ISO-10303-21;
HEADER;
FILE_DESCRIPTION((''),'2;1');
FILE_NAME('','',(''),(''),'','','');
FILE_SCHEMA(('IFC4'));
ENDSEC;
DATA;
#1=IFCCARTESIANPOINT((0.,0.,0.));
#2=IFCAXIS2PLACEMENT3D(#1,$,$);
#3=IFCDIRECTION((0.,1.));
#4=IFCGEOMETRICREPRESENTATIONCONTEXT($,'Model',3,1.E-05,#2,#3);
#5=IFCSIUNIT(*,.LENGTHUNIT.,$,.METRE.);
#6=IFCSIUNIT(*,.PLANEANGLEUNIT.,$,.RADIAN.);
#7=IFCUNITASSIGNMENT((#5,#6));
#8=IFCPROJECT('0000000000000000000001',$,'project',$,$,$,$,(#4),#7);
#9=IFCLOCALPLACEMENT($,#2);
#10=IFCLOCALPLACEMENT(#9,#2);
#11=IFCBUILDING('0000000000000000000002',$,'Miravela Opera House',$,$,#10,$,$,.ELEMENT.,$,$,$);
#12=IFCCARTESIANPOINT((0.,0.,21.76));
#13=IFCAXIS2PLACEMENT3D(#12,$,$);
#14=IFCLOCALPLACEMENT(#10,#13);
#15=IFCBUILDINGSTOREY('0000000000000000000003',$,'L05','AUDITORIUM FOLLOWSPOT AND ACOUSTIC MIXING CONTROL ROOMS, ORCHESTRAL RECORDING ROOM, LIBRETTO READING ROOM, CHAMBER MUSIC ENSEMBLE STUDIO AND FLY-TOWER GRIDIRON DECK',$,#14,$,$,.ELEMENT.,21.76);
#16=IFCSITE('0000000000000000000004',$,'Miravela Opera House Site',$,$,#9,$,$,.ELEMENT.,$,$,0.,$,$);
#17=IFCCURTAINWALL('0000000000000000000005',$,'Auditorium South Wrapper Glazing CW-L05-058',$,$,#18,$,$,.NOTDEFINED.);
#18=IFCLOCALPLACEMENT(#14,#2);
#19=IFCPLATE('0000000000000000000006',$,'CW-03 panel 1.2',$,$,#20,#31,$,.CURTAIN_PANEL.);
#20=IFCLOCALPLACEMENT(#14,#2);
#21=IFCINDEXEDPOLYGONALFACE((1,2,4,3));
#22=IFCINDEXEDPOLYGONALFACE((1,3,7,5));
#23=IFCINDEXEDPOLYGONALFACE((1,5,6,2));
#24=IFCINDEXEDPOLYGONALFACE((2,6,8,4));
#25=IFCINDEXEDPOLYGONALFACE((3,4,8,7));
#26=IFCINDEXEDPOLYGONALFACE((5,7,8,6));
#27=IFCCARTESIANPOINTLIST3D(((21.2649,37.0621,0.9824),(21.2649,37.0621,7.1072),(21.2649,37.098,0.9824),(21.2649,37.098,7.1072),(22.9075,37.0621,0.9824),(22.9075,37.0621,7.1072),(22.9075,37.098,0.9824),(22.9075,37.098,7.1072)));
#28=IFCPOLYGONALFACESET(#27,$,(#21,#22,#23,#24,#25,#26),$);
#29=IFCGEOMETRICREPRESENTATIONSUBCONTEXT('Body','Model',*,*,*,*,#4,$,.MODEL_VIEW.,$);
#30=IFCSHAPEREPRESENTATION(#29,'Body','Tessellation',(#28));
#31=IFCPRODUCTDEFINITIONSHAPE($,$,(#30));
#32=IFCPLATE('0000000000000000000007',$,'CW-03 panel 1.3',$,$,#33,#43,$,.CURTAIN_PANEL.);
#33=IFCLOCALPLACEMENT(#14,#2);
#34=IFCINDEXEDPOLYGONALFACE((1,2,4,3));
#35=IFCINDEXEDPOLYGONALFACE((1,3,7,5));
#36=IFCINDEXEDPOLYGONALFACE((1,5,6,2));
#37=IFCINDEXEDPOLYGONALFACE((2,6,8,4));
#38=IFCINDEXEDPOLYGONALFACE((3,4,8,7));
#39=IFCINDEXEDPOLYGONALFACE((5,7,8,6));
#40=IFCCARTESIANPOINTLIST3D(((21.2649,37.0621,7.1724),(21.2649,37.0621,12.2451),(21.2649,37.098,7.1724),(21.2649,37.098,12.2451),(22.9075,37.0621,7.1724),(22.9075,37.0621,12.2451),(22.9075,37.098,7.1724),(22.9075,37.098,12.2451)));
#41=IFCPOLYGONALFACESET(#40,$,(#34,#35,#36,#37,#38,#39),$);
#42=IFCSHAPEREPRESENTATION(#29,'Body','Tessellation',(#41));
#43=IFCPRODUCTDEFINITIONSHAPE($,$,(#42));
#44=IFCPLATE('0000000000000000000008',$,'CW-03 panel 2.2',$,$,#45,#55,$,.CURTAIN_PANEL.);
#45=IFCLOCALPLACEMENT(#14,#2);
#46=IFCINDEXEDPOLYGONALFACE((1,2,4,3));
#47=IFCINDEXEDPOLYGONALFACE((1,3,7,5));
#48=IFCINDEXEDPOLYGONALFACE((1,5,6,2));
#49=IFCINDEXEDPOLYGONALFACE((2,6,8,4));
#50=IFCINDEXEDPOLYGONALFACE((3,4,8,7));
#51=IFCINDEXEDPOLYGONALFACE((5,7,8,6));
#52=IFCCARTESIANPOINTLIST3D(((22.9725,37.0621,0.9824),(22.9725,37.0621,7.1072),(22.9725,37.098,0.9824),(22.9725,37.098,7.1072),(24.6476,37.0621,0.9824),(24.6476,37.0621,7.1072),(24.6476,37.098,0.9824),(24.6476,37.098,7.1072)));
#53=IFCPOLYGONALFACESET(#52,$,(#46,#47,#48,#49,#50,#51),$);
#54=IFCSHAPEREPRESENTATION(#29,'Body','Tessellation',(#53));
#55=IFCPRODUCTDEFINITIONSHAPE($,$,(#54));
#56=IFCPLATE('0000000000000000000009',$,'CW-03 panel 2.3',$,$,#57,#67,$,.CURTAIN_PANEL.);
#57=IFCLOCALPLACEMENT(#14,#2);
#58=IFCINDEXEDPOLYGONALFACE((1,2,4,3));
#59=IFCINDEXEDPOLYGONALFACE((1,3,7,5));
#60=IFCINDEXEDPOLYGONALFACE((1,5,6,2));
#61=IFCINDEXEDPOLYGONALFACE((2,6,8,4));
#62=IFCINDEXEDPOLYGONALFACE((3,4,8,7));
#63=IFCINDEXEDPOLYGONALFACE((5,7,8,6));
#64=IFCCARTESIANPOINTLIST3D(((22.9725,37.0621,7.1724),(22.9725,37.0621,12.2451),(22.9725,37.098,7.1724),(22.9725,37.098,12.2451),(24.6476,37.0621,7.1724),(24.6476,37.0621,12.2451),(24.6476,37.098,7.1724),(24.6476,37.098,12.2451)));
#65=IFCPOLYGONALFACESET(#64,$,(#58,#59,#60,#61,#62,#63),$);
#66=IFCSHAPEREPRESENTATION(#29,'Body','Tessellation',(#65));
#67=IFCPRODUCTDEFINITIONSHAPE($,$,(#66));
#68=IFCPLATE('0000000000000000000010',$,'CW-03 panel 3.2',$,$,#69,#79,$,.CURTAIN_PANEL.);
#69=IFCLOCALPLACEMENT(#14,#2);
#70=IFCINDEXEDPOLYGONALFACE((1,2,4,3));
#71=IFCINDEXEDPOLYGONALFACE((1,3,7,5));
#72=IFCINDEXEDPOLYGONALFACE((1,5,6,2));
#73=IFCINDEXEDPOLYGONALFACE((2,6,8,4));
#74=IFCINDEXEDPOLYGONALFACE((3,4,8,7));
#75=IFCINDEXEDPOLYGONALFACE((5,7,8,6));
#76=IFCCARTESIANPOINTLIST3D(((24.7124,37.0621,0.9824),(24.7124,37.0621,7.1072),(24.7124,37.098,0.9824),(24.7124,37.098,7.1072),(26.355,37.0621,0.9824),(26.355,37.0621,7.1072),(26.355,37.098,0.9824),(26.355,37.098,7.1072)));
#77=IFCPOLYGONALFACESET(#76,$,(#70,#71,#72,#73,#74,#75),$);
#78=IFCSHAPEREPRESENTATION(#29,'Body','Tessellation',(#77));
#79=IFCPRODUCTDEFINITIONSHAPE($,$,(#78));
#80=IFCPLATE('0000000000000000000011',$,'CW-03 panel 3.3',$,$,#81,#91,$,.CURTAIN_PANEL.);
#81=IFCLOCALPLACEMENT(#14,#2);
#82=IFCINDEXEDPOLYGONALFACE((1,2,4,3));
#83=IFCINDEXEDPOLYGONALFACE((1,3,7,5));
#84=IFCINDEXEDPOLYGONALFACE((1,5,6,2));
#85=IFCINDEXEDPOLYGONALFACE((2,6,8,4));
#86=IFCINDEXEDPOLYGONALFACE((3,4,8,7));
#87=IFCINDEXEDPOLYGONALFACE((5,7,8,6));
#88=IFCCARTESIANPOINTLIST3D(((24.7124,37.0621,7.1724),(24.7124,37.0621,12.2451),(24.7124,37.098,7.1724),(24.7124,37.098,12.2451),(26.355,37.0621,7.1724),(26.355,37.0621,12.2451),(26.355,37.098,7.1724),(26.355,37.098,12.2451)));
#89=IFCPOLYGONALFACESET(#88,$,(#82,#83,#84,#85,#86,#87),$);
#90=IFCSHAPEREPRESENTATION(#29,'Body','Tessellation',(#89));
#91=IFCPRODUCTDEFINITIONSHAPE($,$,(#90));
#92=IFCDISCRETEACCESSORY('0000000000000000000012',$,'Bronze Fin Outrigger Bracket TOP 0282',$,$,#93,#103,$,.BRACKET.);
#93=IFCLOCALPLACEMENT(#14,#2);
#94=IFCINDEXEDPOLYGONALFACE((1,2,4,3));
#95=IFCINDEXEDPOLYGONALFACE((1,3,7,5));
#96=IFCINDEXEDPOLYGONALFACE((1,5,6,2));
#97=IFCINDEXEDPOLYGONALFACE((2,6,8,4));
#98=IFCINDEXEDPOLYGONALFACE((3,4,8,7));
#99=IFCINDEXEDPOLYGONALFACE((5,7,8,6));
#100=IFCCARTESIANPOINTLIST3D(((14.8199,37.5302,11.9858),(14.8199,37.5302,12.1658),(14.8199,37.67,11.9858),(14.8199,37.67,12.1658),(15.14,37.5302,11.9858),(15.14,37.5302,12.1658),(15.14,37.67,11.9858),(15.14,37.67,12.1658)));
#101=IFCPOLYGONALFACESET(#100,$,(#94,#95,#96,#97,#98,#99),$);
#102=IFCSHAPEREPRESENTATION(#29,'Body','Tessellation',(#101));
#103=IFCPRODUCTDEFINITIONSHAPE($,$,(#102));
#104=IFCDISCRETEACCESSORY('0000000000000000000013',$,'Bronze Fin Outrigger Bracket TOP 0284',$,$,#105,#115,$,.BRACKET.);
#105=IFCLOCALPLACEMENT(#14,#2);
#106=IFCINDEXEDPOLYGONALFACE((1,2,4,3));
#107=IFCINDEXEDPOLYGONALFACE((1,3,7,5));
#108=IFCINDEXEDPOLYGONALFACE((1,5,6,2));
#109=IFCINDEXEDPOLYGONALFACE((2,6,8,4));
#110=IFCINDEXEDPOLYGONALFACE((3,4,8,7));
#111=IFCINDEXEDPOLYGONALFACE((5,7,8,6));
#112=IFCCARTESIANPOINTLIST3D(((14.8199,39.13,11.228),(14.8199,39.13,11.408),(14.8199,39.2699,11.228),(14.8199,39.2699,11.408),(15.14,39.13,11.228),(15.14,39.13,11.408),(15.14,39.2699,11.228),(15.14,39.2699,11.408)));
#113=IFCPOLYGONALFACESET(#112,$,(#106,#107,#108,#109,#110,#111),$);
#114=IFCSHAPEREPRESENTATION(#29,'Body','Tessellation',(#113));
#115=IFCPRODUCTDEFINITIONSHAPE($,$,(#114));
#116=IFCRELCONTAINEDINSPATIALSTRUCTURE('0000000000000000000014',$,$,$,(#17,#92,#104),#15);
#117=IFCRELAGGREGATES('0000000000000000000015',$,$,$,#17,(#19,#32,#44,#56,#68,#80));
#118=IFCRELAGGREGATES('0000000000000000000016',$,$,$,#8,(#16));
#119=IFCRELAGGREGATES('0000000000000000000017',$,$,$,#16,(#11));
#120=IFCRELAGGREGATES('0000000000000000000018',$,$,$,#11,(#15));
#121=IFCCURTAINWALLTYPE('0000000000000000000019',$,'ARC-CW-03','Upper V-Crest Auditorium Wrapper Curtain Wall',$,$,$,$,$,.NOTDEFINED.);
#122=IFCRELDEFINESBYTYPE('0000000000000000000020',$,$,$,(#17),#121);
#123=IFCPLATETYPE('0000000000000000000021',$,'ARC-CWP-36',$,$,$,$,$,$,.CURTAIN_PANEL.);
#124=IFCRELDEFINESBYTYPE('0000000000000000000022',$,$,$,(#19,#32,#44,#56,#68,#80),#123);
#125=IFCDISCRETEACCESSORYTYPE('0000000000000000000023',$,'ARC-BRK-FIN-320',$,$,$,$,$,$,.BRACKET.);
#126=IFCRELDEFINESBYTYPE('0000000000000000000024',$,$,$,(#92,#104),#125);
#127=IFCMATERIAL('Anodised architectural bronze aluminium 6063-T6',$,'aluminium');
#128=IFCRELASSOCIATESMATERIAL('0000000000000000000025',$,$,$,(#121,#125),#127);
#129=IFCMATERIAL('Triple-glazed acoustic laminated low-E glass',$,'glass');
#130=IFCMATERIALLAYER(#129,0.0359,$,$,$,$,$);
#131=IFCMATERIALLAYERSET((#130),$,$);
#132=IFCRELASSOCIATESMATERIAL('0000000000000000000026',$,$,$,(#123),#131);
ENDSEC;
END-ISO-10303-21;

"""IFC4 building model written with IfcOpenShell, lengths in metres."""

from ifc_helpers import new_model, si_unit, direction, frame, origin, origin_2d, place, context, subcontext, project, spatial, rectangle, extrude, material, layer, layer_set, type_object, element, aggregate, save


model = new_model("IFC4")

# Units and contexts
model_context = context("Model", 3, precision=1e-05, world=origin(), true_north=direction((0.0, 1.0)))
body_context = subcontext(model_context, "Body", "Model", "MODEL_VIEW")
ifc_project = project(units=[si_unit("LENGTHUNIT", "METRE"), si_unit("PLANEANGLEUNIT", "RADIAN")], contexts=[model_context])

# Site, building, storey
site_placement = place(None, origin())
site = spatial("IfcSite", under=ifc_project, at=site_placement, Name="Miravela Opera House Site", CompositionType="ELEMENT", RefElevation=0.0)
building_placement = place(site_placement, origin())
building = spatial("IfcBuilding", under=site, at=building_placement, Name="Miravela Opera House", CompositionType="ELEMENT")
storey_placement = place(building_placement, frame((0.0, 0.0, 21.76)))
storey = spatial("IfcBuildingStorey", under=building, at=storey_placement, Name="L05", Description="AUDITORIUM FOLLOWSPOT AND ACOUSTIC MIXING CONTROL ROOMS, ORCHESTRAL RECORDING ROOM, LIBRETTO READING ROOM, CHAMBER MUSIC ENSEMBLE STUDIO AND FLY-TOWER GRIDIRON DECK", CompositionType="ELEMENT", Elevation=21.76)

# Curtain wall
ifc_material_1 = material(Name="Anodised architectural bronze aluminium 6063-T6", Category="aluminium")
curtain_wall_type = type_object("IfcCurtainWallType", Name="ARC-CW-03", Description="Upper V-Crest Auditorium Wrapper Curtain Wall", PredefinedType="NOTDEFINED", material=ifc_material_1)
curtain_wall_1_placement = place(storey_placement, origin())
curtain_wall_1 = element("IfcCurtainWall", 1, at=curtain_wall_1_placement, inside=storey, type_object=curtain_wall_type, Name="Auditorium South Wrapper Glazing CW-L05-058", PredefinedType="NOTDEFINED")

# Plates
ifc_material_2 = material(Name="Triple-glazed acoustic laminated low-E glass", Category="glass")
ifc_layer = layer(ifc_material_2, 0.0359)
ifc_layer_set = layer_set([ifc_layer])
plate_type = type_object("IfcPlateType", Name="ARC-CWP-36", PredefinedType="CURTAIN_PANEL", material=ifc_layer_set)
plate_1_placement = place(storey_placement, frame((22.0862, 37.0801, 0.9824), z_axis=(0.0, 0.0, 1.0), x_axis=(1.0, 0.0, 0.0)))
plate_1 = element("IfcPlate", 2, at=plate_1_placement, type_object=plate_type, Name="CW-03 panel 1.2", PredefinedType="CURTAIN_PANEL", context=body_context, shape_type="SweptSolid", body=[
    extrude(rectangle(XDim=1.6426, YDim=0.0359, at=origin_2d()), origin(), (0.0, 0.0, 1.0), 6.1248),
])
plate_2_placement = place(storey_placement, frame((22.0862, 37.0801, 7.1724), z_axis=(0.0, 0.0, 1.0), x_axis=(1.0, 0.0, 0.0)))
plate_2 = element("IfcPlate", 3, at=plate_2_placement, type_object=plate_type, Name="CW-03 panel 1.3", PredefinedType="CURTAIN_PANEL", context=body_context, shape_type="SweptSolid", body=[
    extrude(rectangle(XDim=1.6426, YDim=0.0359, at=origin_2d()), origin(), (0.0, 0.0, 1.0), 5.0728),
])
plate_3_placement = place(storey_placement, frame((23.8101, 37.0801, 0.9824), z_axis=(0.0, 0.0, 1.0), x_axis=(1.0, 0.0, 0.0)))
plate_3 = element("IfcPlate", 4, at=plate_3_placement, type_object=plate_type, Name="CW-03 panel 2.2", PredefinedType="CURTAIN_PANEL", context=body_context, shape_type="SweptSolid", body=[
    extrude(rectangle(XDim=1.675, YDim=0.0359, at=origin_2d()), origin(), (0.0, 0.0, 1.0), 6.1248),
])
plate_4_placement = place(storey_placement, frame((23.8101, 37.0801, 7.1724), z_axis=(0.0, 0.0, 1.0), x_axis=(1.0, 0.0, 0.0)))
plate_4 = element("IfcPlate", 5, at=plate_4_placement, type_object=plate_type, Name="CW-03 panel 2.3", PredefinedType="CURTAIN_PANEL", context=body_context, shape_type="SweptSolid", body=[
    extrude(rectangle(XDim=1.675, YDim=0.0359, at=origin_2d()), origin(), (0.0, 0.0, 1.0), 5.0728),
])
plate_5_placement = place(storey_placement, frame((25.5337, 37.0801, 0.9824), z_axis=(0.0, 0.0, 1.0), x_axis=(1.0, 0.0, 0.0)))
plate_5 = element("IfcPlate", 6, at=plate_5_placement, type_object=plate_type, Name="CW-03 panel 3.2", PredefinedType="CURTAIN_PANEL", context=body_context, shape_type="SweptSolid", body=[
    extrude(rectangle(XDim=1.6426, YDim=0.0359, at=origin_2d()), origin(), (0.0, 0.0, 1.0), 6.1248),
])
plate_6_placement = place(storey_placement, frame((25.5337, 37.0801, 7.1724), z_axis=(0.0, 0.0, 1.0), x_axis=(1.0, 0.0, 0.0)))
plate_6 = element("IfcPlate", 7, at=plate_6_placement, type_object=plate_type, Name="CW-03 panel 3.3", PredefinedType="CURTAIN_PANEL", context=body_context, shape_type="SweptSolid", body=[
    extrude(rectangle(XDim=1.6426, YDim=0.0359, at=origin_2d()), origin(), (0.0, 0.0, 1.0), 5.0728),
])
aggregate(curtain_wall_1, [plate_1, plate_2, plate_3, plate_4, plate_5, plate_6])

# Discrete accessories
discrete_accessory_type = type_object("IfcDiscreteAccessoryType", Name="ARC-BRK-FIN-320", PredefinedType="BRACKET", material=ifc_material_1)
for number, where, z_axis, x_axis, name in (
    (8, (14.98, 37.6001, 11.9858), (0.0, 0.0, 1.0), (1.0, 0.0, 0.0), "Bronze Fin Outrigger Bracket TOP 0282"),
    (9, (14.98, 39.2, 11.228), (0.0, 0.0, 1.0), (1.0, 0.0, 0.0), "Bronze Fin Outrigger Bracket TOP 0284"),
):
    element("IfcDiscreteAccessory", number, at=place(storey_placement, frame(where, z_axis=z_axis, x_axis=x_axis)), inside=storey, type_object=discrete_accessory_type, Name=name, PredefinedType="BRACKET", context=body_context, shape_type="SweptSolid", body=[
        extrude(rectangle(XDim=0.3201, YDim=0.1399, at=origin_2d()), origin(), (0.0, 0.0, 1.0), 0.1799),
    ])

save(model, "model.ifc")
